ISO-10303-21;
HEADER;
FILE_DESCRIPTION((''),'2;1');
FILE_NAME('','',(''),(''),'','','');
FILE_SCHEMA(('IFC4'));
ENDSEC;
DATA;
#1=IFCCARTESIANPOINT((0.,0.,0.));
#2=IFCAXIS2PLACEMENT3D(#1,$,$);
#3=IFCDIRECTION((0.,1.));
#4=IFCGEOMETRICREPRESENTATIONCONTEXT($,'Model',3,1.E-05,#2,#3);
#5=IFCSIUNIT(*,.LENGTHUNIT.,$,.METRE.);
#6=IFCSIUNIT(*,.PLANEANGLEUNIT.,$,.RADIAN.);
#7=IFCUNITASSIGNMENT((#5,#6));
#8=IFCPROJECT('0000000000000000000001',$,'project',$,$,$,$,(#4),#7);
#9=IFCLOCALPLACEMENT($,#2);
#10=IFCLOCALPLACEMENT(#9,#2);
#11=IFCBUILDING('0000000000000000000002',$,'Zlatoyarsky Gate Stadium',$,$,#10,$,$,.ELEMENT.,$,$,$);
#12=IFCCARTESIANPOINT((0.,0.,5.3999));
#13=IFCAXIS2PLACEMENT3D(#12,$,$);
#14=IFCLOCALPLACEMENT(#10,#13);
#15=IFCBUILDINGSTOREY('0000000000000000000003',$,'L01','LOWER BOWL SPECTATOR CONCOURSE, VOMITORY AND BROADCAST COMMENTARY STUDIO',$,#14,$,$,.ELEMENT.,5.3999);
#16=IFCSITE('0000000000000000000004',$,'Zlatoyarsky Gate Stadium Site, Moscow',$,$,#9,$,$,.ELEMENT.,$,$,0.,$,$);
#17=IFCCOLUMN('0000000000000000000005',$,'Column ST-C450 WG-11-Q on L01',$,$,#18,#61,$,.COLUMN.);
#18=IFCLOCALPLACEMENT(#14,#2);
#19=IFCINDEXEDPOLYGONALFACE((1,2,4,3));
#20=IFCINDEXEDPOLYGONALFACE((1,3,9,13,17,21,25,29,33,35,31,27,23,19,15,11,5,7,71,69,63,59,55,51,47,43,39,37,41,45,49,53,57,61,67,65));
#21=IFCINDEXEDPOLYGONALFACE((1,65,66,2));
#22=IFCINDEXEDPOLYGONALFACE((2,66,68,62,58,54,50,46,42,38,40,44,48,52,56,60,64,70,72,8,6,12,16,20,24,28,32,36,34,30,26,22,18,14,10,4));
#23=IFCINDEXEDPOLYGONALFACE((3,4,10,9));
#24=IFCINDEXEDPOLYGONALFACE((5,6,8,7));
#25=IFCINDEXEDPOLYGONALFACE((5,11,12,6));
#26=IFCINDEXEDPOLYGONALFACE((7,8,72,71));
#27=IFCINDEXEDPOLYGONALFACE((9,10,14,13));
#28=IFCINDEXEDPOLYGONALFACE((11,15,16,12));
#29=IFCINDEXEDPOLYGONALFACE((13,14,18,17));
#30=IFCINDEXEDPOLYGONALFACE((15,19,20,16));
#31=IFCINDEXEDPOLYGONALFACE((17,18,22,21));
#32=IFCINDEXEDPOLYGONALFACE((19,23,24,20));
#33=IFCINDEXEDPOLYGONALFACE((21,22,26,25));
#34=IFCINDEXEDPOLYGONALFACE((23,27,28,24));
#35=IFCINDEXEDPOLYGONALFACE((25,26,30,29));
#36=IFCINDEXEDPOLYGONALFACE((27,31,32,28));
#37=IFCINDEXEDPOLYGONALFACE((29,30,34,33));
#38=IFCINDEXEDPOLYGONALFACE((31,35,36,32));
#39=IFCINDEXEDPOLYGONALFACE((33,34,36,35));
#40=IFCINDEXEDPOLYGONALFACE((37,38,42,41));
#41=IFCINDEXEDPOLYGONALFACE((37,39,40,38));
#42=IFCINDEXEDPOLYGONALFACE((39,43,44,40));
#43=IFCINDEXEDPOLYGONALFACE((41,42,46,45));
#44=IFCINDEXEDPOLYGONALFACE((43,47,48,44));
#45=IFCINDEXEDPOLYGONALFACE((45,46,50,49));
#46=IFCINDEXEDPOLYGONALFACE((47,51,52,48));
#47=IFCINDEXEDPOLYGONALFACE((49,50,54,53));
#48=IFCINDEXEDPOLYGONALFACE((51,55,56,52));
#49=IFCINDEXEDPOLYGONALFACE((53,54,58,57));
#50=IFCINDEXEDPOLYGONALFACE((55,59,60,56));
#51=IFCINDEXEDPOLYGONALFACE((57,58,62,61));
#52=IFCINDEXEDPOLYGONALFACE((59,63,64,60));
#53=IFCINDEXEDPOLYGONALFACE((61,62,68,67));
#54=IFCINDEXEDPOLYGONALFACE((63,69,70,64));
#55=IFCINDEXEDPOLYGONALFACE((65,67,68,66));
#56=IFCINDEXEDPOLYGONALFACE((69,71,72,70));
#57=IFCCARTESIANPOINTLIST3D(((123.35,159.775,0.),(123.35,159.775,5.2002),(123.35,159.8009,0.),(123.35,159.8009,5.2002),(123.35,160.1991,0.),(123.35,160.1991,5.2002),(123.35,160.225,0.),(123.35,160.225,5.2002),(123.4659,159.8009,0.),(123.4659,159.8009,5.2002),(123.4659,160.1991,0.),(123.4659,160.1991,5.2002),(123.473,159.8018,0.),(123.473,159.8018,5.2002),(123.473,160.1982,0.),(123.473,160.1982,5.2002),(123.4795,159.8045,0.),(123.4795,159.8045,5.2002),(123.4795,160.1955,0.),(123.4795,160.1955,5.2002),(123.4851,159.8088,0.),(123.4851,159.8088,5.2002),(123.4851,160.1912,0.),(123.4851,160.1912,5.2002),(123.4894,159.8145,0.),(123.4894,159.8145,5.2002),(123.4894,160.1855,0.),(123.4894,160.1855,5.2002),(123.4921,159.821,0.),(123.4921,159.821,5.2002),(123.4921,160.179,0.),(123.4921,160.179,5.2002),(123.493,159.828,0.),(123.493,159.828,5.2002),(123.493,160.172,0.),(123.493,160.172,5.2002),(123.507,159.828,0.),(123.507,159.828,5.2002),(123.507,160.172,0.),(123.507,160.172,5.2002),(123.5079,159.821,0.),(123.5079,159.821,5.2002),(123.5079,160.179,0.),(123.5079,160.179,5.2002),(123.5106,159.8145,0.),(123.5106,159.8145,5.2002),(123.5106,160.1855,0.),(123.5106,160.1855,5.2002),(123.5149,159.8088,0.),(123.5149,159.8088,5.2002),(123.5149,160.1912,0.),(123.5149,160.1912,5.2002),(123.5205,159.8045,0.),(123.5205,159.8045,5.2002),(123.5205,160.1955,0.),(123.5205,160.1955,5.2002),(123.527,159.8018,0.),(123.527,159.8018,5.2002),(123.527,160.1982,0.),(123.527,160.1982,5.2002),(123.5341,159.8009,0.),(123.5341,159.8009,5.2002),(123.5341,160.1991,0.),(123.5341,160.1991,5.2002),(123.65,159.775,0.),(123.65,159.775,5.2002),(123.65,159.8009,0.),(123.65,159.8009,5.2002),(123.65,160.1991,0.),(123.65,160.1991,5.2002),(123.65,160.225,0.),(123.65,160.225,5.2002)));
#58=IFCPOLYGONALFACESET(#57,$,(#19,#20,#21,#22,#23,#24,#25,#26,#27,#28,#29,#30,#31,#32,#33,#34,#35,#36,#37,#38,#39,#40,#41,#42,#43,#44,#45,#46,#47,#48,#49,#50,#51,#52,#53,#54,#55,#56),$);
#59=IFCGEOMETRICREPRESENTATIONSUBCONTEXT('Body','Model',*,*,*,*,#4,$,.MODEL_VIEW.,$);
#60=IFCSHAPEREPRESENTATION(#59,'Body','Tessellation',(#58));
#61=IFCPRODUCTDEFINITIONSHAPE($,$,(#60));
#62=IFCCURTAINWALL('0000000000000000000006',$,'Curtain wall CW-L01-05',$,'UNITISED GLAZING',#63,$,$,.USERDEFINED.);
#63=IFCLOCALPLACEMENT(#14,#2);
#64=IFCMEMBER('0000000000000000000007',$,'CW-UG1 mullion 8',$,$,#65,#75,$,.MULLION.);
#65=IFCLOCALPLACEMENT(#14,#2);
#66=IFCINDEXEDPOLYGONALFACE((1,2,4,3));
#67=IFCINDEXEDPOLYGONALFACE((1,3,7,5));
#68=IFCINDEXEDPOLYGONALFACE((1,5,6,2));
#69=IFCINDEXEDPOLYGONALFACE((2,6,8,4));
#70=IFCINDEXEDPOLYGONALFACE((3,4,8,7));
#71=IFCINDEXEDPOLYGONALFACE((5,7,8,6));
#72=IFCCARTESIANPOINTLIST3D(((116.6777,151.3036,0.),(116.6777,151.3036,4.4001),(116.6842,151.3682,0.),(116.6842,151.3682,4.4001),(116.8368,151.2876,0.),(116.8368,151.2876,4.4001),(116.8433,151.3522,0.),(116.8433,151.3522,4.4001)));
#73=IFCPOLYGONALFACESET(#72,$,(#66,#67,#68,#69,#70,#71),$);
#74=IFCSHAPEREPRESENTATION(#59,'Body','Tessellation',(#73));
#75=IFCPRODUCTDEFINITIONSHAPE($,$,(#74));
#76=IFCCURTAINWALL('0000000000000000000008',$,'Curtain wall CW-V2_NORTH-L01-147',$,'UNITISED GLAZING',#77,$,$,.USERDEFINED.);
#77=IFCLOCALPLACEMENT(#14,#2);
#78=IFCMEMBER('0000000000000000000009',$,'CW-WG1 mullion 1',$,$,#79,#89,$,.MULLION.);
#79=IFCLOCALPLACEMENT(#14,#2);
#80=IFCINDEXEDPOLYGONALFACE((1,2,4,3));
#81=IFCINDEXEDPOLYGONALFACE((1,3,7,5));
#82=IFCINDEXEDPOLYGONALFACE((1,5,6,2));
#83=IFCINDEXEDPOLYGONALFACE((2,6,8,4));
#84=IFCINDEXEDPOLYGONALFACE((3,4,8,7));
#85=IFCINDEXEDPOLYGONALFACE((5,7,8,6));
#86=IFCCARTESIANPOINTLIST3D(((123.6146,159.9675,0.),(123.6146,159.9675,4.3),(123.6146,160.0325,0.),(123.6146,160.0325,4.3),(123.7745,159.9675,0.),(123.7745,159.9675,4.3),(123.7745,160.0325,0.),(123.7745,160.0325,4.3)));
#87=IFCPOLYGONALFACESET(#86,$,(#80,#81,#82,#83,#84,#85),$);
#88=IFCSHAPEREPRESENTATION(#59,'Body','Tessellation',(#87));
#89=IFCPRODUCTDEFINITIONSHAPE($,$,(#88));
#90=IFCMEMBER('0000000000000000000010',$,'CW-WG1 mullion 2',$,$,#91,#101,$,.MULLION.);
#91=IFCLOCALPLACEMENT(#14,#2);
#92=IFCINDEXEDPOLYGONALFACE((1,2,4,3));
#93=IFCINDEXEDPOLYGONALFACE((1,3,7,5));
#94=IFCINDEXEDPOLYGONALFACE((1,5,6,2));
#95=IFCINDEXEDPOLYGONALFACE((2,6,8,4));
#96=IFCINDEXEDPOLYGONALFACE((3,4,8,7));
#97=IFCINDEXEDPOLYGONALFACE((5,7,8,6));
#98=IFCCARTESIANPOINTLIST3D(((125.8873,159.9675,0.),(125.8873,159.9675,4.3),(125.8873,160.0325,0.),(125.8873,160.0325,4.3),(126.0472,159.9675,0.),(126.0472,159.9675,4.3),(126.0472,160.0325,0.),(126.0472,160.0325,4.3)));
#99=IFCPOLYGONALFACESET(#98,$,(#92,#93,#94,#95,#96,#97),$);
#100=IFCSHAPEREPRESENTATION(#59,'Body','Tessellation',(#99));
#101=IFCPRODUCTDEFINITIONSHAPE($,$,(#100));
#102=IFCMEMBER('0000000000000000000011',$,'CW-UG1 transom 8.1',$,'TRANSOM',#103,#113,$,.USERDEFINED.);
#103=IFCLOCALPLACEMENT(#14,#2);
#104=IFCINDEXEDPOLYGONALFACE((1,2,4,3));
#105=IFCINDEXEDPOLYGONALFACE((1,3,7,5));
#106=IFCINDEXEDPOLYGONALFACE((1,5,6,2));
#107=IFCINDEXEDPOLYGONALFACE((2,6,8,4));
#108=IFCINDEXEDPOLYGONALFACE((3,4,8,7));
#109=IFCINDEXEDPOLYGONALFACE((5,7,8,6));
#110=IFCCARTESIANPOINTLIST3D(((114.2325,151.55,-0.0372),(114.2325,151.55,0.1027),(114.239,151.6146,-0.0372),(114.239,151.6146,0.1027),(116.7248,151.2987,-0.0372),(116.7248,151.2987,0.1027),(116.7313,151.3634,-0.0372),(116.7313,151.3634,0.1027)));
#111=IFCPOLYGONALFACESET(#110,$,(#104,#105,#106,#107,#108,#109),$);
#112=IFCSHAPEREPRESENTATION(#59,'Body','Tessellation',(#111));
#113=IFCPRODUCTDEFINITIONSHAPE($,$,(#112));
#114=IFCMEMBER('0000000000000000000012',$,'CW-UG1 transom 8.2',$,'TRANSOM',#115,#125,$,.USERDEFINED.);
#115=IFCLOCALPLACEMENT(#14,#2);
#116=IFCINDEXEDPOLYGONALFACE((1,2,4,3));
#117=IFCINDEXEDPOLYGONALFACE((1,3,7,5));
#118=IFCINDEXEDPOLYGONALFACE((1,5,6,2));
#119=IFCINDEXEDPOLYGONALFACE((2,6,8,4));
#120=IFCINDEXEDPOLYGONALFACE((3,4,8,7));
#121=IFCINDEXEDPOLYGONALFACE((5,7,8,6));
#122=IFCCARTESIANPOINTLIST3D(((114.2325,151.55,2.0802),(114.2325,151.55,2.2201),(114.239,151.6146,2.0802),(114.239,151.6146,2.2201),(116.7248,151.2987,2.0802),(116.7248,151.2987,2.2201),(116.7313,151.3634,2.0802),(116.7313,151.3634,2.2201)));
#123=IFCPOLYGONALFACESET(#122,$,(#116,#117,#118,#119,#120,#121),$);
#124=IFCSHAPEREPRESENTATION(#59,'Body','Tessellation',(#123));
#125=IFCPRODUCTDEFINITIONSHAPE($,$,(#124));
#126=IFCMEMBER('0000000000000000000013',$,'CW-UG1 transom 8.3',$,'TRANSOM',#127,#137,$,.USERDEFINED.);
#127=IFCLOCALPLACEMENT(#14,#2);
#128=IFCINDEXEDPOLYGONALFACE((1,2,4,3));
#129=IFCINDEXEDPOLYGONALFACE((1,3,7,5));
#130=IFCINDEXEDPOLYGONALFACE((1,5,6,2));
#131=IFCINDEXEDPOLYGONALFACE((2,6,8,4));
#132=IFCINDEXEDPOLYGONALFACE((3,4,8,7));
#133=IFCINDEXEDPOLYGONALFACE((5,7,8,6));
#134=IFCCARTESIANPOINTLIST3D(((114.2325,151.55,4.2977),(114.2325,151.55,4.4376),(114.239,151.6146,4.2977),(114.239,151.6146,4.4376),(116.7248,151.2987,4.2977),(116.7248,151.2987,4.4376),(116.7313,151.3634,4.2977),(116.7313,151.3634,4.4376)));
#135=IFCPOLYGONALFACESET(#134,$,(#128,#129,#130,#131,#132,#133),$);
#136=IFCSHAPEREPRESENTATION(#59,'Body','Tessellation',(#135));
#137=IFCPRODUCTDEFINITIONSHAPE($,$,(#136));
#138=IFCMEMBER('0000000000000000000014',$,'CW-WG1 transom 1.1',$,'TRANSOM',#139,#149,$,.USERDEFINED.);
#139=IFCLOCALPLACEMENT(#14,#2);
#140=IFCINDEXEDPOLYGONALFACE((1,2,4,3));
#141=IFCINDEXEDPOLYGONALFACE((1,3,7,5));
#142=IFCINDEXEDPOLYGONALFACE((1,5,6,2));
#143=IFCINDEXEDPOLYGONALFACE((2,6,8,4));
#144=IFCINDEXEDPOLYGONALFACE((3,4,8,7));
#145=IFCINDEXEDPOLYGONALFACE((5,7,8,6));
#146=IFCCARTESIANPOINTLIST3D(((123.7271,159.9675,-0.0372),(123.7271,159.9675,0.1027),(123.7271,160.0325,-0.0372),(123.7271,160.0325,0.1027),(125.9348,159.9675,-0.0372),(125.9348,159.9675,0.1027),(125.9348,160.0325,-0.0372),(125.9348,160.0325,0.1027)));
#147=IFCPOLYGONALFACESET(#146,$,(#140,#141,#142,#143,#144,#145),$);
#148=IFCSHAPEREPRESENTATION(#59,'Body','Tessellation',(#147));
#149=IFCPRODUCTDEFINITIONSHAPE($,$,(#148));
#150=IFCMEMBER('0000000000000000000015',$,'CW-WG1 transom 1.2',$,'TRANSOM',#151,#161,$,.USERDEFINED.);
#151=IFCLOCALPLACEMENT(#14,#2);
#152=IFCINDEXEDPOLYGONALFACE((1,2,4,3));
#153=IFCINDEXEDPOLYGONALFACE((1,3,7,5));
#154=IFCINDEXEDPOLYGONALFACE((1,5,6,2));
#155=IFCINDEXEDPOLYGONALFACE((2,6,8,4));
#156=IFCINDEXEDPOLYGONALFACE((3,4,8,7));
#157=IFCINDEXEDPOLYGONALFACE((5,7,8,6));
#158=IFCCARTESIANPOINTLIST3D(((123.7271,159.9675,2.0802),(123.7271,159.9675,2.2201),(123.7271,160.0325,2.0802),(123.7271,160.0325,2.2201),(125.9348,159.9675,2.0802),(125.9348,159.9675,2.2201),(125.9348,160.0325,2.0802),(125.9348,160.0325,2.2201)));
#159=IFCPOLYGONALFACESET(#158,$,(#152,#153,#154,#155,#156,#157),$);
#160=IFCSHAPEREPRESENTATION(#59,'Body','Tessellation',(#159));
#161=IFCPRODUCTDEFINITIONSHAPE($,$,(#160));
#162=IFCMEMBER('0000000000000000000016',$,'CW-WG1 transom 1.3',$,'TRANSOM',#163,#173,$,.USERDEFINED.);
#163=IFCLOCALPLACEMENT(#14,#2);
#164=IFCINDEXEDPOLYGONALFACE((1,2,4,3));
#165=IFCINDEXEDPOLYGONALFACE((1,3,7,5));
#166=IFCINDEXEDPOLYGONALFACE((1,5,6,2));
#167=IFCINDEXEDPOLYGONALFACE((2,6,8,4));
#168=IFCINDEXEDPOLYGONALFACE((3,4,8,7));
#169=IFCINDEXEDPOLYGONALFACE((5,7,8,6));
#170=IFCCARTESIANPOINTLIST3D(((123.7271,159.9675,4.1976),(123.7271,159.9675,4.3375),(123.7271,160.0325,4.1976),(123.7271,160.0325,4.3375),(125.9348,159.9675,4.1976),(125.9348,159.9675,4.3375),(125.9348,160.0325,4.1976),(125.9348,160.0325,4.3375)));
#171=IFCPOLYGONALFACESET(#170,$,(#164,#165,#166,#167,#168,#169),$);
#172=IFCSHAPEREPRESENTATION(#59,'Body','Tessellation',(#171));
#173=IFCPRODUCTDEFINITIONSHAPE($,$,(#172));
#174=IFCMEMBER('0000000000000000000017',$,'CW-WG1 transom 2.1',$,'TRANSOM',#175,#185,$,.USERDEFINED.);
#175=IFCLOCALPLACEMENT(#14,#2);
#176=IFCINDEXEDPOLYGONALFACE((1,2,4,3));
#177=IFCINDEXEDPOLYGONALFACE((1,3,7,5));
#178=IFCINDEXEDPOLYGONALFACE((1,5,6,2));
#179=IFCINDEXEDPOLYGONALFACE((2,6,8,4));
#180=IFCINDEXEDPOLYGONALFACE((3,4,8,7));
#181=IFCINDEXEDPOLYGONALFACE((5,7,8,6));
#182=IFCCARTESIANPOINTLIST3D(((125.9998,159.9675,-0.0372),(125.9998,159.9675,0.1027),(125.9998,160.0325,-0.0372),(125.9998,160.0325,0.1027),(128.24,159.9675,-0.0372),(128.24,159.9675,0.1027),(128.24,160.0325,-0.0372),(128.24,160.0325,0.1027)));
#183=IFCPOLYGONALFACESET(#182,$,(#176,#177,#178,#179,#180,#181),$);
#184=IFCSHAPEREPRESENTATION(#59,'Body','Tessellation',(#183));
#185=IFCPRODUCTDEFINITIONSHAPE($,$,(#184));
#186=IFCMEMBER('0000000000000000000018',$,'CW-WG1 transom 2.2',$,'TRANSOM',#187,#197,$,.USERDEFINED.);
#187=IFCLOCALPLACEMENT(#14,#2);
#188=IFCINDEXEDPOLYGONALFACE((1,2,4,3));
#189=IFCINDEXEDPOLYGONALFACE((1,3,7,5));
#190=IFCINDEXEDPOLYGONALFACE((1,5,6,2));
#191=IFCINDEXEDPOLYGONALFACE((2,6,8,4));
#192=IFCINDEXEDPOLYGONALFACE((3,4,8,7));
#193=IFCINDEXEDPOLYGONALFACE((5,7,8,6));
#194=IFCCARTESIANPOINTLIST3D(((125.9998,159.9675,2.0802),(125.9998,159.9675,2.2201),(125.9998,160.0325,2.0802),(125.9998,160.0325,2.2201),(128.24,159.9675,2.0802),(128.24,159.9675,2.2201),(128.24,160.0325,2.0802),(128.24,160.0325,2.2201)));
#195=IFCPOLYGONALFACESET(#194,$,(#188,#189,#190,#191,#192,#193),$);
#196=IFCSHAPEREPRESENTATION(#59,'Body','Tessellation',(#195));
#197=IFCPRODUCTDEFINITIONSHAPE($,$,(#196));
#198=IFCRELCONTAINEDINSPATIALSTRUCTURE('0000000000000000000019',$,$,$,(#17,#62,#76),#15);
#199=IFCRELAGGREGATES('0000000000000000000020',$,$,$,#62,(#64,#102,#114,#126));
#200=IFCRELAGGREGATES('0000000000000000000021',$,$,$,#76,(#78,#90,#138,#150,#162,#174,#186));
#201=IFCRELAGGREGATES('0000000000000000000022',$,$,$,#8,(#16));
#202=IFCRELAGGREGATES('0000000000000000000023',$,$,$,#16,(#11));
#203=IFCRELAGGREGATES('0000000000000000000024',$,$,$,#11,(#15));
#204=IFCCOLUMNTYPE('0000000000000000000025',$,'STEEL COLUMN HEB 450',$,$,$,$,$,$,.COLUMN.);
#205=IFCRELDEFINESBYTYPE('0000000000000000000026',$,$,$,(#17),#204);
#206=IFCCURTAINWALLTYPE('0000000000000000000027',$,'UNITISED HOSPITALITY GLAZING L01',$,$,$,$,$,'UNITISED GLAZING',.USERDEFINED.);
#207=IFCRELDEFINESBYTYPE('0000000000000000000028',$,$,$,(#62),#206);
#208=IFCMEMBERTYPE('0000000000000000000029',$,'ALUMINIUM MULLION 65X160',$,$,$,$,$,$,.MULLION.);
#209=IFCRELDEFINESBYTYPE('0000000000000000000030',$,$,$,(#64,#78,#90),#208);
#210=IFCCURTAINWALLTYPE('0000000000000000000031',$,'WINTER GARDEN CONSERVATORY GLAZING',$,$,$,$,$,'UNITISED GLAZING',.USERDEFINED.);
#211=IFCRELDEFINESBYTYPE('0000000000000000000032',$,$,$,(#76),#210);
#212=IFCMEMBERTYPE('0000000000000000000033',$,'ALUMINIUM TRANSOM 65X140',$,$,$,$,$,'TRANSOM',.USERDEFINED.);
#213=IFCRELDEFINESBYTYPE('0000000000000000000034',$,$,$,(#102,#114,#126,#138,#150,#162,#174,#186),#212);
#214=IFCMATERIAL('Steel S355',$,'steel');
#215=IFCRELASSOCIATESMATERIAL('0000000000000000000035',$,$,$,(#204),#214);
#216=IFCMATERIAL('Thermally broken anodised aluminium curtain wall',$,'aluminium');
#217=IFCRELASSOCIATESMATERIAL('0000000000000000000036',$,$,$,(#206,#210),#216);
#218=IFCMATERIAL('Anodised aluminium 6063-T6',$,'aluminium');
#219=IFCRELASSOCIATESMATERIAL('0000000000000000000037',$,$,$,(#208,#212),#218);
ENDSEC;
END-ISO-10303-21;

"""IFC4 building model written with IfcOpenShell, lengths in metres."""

from ifc_helpers import new_model, si_unit, direction, frame, origin, origin_2d, place, context, subcontext, project, spatial, rectangle, i_section, extrude, material, material_profile, profile_set, type_object, element, aggregate, save


model = new_model("IFC4")

# Units and contexts
model_context = context("Model", 3, precision=1e-05, world=origin(), true_north=direction((0.0, 1.0)))
body_context = subcontext(model_context, "Body", "Model", "MODEL_VIEW")
ifc_project = project(units=[si_unit("LENGTHUNIT", "METRE"), si_unit("PLANEANGLEUNIT", "RADIAN")], contexts=[model_context])

# Site, building, storey
site_placement = place(None, origin())
site = spatial("IfcSite", under=ifc_project, at=site_placement, Name="Zlatoyarsky Gate Stadium Site, Moscow", CompositionType="ELEMENT", RefElevation=0.0)
building_placement = place(site_placement, origin())
building = spatial("IfcBuilding", under=site, at=building_placement, Name="Zlatoyarsky Gate Stadium", CompositionType="ELEMENT")
storey_placement = place(building_placement, frame((0.0, 0.0, 5.3999)))
storey = spatial("IfcBuildingStorey", under=building, at=storey_placement, Name="L01", Description="LOWER BOWL SPECTATOR CONCOURSE, VOMITORY AND BROADCAST COMMENTARY STUDIO", CompositionType="ELEMENT", Elevation=5.3999)

# Column
ifc_material_1 = material(Name="Steel S355", Category="steel")
ifc_material_profile_1 = material_profile(ifc_material_1, i_section(OverallWidth=0.3, OverallDepth=0.45, WebThickness=0.0139, FlangeThickness=0.0259, FilletRadius=0.0271, at=origin_2d()), Name="HEB 450")
ifc_profile_set_1 = profile_set([ifc_material_profile_1], Name="Steel S355")
column_type = type_object("IfcColumnType", Name="STEEL COLUMN HEB 450", PredefinedType="COLUMN", material=ifc_profile_set_1)
column_placement = place(storey_placement, frame((123.5, 160.0, 0.0), z_axis=(0.0, 0.0, 1.0), x_axis=(1.0, 0.0, 0.0)))
element("IfcColumn", 1, at=column_placement, inside=storey, type_object=column_type, Name="Column ST-C450 WG-11-Q on L01", PredefinedType="COLUMN", context=body_context, shape_type="SweptSolid", body=[
    extrude(i_section(OverallWidth=0.3, OverallDepth=0.45, WebThickness=0.0139, FlangeThickness=0.0259, FilletRadius=0.0271, at=origin_2d()), origin(), (0.0, 0.0, 1.0), 5.2002),
])

# Curtain wall, member
ifc_material_2 = material(Name="Thermally broken anodised aluminium curtain wall", Category="aluminium")
curtain_wall_type_1 = type_object("IfcCurtainWallType", Name="UNITISED HOSPITALITY GLAZING L01", ElementType="UNITISED GLAZING", PredefinedType="USERDEFINED", material=ifc_material_2)
curtain_wall_1_placement = place(storey_placement, origin())
curtain_wall_1 = element("IfcCurtainWall", 2, at=curtain_wall_1_placement, inside=storey, type_object=curtain_wall_type_1, Name="Curtain wall CW-L01-05", ObjectType="UNITISED GLAZING", PredefinedType="USERDEFINED")
ifc_material_3 = material(Name="Anodised aluminium 6063-T6", Category="aluminium")
ifc_material_profile_2 = material_profile(ifc_material_3, rectangle(XDim=0.0649, YDim=0.1599, at=origin_2d()), Name="ALU 65X160")
ifc_profile_set_2 = profile_set([ifc_material_profile_2], Name="Anodised aluminium 6063-T6")
member_type_1 = type_object("IfcMemberType", Name="ALUMINIUM MULLION 65X160", PredefinedType="MULLION", material=ifc_profile_set_2)
member_1_placement = place(storey_placement, frame((116.7605, 151.3279, 0.0), z_axis=(0.0, 0.0, 1.0), x_axis=(-0.1003, -0.994957, 0.0)))
member_1 = element("IfcMember", 3, at=member_1_placement, type_object=member_type_1, Name="CW-UG1 mullion 8", PredefinedType="MULLION", context=body_context, shape_type="SweptSolid", body=[
    extrude(rectangle(XDim=0.0649, YDim=0.1599, at=origin_2d()), origin(), (0.0, 0.0, 1.0), 4.4001),
])

# Curtain wall, members
curtain_wall_type_2 = type_object("IfcCurtainWallType", Name="WINTER GARDEN CONSERVATORY GLAZING", ElementType="UNITISED GLAZING", PredefinedType="USERDEFINED", material=ifc_material_2)
curtain_wall_2_placement = place(storey_placement, origin())
curtain_wall_2 = element("IfcCurtainWall", 4, at=curtain_wall_2_placement, inside=storey, type_object=curtain_wall_type_2, Name="Curtain wall CW-V2_NORTH-L01-147", ObjectType="UNITISED GLAZING", PredefinedType="USERDEFINED")
member_2_placement = place(storey_placement, frame((123.6946, 160.0, 0.0), z_axis=(0.0, 0.0, 1.0), x_axis=(0.0, 1.0, 0.0)))
member_2 = element("IfcMember", 5, at=member_2_placement, type_object=member_type_1, Name="CW-WG1 mullion 1", PredefinedType="MULLION", context=body_context, shape_type="SweptSolid", body=[
    extrude(rectangle(XDim=0.0649, YDim=0.1599, at=origin_2d()), origin(), (0.0, 0.0, 1.0), 4.3),
])
member_3_placement = place(storey_placement, frame((125.9673, 160.0, 0.0), z_axis=(0.0, 0.0, 1.0), x_axis=(0.0, 1.0, 0.0)))
member_3 = element("IfcMember", 6, at=member_3_placement, type_object=member_type_1, Name="CW-WG1 mullion 2", PredefinedType="MULLION", context=body_context, shape_type="SweptSolid", body=[
    extrude(rectangle(XDim=0.0649, YDim=0.1599, at=origin_2d()), origin(), (0.0, 0.0, 1.0), 4.3),
])

# Members
ifc_material_profile_3 = material_profile(ifc_material_3, rectangle(XDim=0.0649, YDim=0.1399, at=origin_2d()), Name="ALU 65X140")
ifc_profile_set_3 = profile_set([ifc_material_profile_3], Name="Anodised aluminium 6063-T6")
member_type_2 = type_object("IfcMemberType", Name="ALUMINIUM TRANSOM 65X140", ElementType="TRANSOM", PredefinedType="USERDEFINED", material=ifc_profile_set_3)
member_4_placement = place(storey_placement, frame((116.728, 151.3311, 0.0327), z_axis=(-0.994958, 0.100295, 0.0), x_axis=(-0.100295, -0.994958, 0.0)))
member_4 = element("IfcMember", 7, at=member_4_placement, type_object=member_type_2, Name="CW-UG1 transom 8.1", ObjectType="TRANSOM", PredefinedType="USERDEFINED", context=body_context, shape_type="SweptSolid", body=[
    extrude(rectangle(XDim=0.0649, YDim=0.1399, at=origin_2d()), origin(), (0.0, 0.0, 1.0), 2.5049),
])
member_5_placement = place(storey_placement, frame((116.728, 151.3311, 2.1501), z_axis=(-0.994958, 0.100295, 0.0), x_axis=(-0.100295, -0.994958, 0.0)))
member_5 = element("IfcMember", 8, at=member_5_placement, type_object=member_type_2, Name="CW-UG1 transom 8.2", ObjectType="TRANSOM", PredefinedType="USERDEFINED", context=body_context, shape_type="SweptSolid", body=[
    extrude(rectangle(XDim=0.0649, YDim=0.1399, at=origin_2d()), origin(), (0.0, 0.0, 1.0), 2.5049),
])
member_6_placement = place(storey_placement, frame((116.728, 151.3311, 4.3677), z_axis=(-0.994958, 0.100295, 0.0), x_axis=(-0.100295, -0.994958, 0.0)))
member_6 = element("IfcMember", 9, at=member_6_placement, type_object=member_type_2, Name="CW-UG1 transom 8.3", ObjectType="TRANSOM", PredefinedType="USERDEFINED", context=body_context, shape_type="SweptSolid", body=[
    extrude(rectangle(XDim=0.0649, YDim=0.1399, at=origin_2d()), origin(), (0.0, 0.0, 1.0), 2.5049),
])
aggregate(curtain_wall_1, [member_1, member_4, member_5, member_6])
member_7_placement = place(storey_placement, frame((123.7271, 160.0, 0.0327), z_axis=(1.0, 0.0, 0.0), x_axis=(0.0, 1.0, 0.0)))
member_7 = element("IfcMember", 10, at=member_7_placement, type_object=member_type_2, Name="CW-WG1 transom 1.1", ObjectType="TRANSOM", PredefinedType="USERDEFINED", context=body_context, shape_type="SweptSolid", body=[
    extrude(rectangle(XDim=0.0649, YDim=0.1399, at=origin_2d()), origin(), (0.0, 0.0, 1.0), 2.2078),
])
member_8_placement = place(storey_placement, frame((123.7271, 160.0, 2.1501), z_axis=(1.0, 0.0, 0.0), x_axis=(0.0, 1.0, 0.0)))
member_8 = element("IfcMember", 11, at=member_8_placement, type_object=member_type_2, Name="CW-WG1 transom 1.2", ObjectType="TRANSOM", PredefinedType="USERDEFINED", context=body_context, shape_type="SweptSolid", body=[
    extrude(rectangle(XDim=0.0649, YDim=0.1399, at=origin_2d()), origin(), (0.0, 0.0, 1.0), 2.2078),
])
member_9_placement = place(storey_placement, frame((123.7271, 160.0, 4.2676), z_axis=(1.0, 0.0, 0.0), x_axis=(0.0, 1.0, 0.0)))
member_9 = element("IfcMember", 12, at=member_9_placement, type_object=member_type_2, Name="CW-WG1 transom 1.3", ObjectType="TRANSOM", PredefinedType="USERDEFINED", context=body_context, shape_type="SweptSolid", body=[
    extrude(rectangle(XDim=0.0649, YDim=0.1399, at=origin_2d()), origin(), (0.0, 0.0, 1.0), 2.2078),
])
member_10_placement = place(storey_placement, frame((125.9998, 160.0, 0.0327), z_axis=(1.0, 0.0, 0.0), x_axis=(0.0, 1.0, 0.0)))
member_10 = element("IfcMember", 13, at=member_10_placement, type_object=member_type_2, Name="CW-WG1 transom 2.1", ObjectType="TRANSOM", PredefinedType="USERDEFINED", context=body_context, shape_type="SweptSolid", body=[
    extrude(rectangle(XDim=0.0649, YDim=0.1399, at=origin_2d()), origin(), (0.0, 0.0, 1.0), 2.2402),
])
member_11_placement = place(storey_placement, frame((125.9998, 160.0, 2.1501), z_axis=(1.0, 0.0, 0.0), x_axis=(0.0, 1.0, 0.0)))
member_11 = element("IfcMember", 14, at=member_11_placement, type_object=member_type_2, Name="CW-WG1 transom 2.2", ObjectType="TRANSOM", PredefinedType="USERDEFINED", context=body_context, shape_type="SweptSolid", body=[
    extrude(rectangle(XDim=0.0649, YDim=0.1399, at=origin_2d()), origin(), (0.0, 0.0, 1.0), 2.2402),
])

aggregate(curtain_wall_2, [member_2, member_3, member_7, member_8, member_9, member_10, member_11])

save(model, "model.ifc")
